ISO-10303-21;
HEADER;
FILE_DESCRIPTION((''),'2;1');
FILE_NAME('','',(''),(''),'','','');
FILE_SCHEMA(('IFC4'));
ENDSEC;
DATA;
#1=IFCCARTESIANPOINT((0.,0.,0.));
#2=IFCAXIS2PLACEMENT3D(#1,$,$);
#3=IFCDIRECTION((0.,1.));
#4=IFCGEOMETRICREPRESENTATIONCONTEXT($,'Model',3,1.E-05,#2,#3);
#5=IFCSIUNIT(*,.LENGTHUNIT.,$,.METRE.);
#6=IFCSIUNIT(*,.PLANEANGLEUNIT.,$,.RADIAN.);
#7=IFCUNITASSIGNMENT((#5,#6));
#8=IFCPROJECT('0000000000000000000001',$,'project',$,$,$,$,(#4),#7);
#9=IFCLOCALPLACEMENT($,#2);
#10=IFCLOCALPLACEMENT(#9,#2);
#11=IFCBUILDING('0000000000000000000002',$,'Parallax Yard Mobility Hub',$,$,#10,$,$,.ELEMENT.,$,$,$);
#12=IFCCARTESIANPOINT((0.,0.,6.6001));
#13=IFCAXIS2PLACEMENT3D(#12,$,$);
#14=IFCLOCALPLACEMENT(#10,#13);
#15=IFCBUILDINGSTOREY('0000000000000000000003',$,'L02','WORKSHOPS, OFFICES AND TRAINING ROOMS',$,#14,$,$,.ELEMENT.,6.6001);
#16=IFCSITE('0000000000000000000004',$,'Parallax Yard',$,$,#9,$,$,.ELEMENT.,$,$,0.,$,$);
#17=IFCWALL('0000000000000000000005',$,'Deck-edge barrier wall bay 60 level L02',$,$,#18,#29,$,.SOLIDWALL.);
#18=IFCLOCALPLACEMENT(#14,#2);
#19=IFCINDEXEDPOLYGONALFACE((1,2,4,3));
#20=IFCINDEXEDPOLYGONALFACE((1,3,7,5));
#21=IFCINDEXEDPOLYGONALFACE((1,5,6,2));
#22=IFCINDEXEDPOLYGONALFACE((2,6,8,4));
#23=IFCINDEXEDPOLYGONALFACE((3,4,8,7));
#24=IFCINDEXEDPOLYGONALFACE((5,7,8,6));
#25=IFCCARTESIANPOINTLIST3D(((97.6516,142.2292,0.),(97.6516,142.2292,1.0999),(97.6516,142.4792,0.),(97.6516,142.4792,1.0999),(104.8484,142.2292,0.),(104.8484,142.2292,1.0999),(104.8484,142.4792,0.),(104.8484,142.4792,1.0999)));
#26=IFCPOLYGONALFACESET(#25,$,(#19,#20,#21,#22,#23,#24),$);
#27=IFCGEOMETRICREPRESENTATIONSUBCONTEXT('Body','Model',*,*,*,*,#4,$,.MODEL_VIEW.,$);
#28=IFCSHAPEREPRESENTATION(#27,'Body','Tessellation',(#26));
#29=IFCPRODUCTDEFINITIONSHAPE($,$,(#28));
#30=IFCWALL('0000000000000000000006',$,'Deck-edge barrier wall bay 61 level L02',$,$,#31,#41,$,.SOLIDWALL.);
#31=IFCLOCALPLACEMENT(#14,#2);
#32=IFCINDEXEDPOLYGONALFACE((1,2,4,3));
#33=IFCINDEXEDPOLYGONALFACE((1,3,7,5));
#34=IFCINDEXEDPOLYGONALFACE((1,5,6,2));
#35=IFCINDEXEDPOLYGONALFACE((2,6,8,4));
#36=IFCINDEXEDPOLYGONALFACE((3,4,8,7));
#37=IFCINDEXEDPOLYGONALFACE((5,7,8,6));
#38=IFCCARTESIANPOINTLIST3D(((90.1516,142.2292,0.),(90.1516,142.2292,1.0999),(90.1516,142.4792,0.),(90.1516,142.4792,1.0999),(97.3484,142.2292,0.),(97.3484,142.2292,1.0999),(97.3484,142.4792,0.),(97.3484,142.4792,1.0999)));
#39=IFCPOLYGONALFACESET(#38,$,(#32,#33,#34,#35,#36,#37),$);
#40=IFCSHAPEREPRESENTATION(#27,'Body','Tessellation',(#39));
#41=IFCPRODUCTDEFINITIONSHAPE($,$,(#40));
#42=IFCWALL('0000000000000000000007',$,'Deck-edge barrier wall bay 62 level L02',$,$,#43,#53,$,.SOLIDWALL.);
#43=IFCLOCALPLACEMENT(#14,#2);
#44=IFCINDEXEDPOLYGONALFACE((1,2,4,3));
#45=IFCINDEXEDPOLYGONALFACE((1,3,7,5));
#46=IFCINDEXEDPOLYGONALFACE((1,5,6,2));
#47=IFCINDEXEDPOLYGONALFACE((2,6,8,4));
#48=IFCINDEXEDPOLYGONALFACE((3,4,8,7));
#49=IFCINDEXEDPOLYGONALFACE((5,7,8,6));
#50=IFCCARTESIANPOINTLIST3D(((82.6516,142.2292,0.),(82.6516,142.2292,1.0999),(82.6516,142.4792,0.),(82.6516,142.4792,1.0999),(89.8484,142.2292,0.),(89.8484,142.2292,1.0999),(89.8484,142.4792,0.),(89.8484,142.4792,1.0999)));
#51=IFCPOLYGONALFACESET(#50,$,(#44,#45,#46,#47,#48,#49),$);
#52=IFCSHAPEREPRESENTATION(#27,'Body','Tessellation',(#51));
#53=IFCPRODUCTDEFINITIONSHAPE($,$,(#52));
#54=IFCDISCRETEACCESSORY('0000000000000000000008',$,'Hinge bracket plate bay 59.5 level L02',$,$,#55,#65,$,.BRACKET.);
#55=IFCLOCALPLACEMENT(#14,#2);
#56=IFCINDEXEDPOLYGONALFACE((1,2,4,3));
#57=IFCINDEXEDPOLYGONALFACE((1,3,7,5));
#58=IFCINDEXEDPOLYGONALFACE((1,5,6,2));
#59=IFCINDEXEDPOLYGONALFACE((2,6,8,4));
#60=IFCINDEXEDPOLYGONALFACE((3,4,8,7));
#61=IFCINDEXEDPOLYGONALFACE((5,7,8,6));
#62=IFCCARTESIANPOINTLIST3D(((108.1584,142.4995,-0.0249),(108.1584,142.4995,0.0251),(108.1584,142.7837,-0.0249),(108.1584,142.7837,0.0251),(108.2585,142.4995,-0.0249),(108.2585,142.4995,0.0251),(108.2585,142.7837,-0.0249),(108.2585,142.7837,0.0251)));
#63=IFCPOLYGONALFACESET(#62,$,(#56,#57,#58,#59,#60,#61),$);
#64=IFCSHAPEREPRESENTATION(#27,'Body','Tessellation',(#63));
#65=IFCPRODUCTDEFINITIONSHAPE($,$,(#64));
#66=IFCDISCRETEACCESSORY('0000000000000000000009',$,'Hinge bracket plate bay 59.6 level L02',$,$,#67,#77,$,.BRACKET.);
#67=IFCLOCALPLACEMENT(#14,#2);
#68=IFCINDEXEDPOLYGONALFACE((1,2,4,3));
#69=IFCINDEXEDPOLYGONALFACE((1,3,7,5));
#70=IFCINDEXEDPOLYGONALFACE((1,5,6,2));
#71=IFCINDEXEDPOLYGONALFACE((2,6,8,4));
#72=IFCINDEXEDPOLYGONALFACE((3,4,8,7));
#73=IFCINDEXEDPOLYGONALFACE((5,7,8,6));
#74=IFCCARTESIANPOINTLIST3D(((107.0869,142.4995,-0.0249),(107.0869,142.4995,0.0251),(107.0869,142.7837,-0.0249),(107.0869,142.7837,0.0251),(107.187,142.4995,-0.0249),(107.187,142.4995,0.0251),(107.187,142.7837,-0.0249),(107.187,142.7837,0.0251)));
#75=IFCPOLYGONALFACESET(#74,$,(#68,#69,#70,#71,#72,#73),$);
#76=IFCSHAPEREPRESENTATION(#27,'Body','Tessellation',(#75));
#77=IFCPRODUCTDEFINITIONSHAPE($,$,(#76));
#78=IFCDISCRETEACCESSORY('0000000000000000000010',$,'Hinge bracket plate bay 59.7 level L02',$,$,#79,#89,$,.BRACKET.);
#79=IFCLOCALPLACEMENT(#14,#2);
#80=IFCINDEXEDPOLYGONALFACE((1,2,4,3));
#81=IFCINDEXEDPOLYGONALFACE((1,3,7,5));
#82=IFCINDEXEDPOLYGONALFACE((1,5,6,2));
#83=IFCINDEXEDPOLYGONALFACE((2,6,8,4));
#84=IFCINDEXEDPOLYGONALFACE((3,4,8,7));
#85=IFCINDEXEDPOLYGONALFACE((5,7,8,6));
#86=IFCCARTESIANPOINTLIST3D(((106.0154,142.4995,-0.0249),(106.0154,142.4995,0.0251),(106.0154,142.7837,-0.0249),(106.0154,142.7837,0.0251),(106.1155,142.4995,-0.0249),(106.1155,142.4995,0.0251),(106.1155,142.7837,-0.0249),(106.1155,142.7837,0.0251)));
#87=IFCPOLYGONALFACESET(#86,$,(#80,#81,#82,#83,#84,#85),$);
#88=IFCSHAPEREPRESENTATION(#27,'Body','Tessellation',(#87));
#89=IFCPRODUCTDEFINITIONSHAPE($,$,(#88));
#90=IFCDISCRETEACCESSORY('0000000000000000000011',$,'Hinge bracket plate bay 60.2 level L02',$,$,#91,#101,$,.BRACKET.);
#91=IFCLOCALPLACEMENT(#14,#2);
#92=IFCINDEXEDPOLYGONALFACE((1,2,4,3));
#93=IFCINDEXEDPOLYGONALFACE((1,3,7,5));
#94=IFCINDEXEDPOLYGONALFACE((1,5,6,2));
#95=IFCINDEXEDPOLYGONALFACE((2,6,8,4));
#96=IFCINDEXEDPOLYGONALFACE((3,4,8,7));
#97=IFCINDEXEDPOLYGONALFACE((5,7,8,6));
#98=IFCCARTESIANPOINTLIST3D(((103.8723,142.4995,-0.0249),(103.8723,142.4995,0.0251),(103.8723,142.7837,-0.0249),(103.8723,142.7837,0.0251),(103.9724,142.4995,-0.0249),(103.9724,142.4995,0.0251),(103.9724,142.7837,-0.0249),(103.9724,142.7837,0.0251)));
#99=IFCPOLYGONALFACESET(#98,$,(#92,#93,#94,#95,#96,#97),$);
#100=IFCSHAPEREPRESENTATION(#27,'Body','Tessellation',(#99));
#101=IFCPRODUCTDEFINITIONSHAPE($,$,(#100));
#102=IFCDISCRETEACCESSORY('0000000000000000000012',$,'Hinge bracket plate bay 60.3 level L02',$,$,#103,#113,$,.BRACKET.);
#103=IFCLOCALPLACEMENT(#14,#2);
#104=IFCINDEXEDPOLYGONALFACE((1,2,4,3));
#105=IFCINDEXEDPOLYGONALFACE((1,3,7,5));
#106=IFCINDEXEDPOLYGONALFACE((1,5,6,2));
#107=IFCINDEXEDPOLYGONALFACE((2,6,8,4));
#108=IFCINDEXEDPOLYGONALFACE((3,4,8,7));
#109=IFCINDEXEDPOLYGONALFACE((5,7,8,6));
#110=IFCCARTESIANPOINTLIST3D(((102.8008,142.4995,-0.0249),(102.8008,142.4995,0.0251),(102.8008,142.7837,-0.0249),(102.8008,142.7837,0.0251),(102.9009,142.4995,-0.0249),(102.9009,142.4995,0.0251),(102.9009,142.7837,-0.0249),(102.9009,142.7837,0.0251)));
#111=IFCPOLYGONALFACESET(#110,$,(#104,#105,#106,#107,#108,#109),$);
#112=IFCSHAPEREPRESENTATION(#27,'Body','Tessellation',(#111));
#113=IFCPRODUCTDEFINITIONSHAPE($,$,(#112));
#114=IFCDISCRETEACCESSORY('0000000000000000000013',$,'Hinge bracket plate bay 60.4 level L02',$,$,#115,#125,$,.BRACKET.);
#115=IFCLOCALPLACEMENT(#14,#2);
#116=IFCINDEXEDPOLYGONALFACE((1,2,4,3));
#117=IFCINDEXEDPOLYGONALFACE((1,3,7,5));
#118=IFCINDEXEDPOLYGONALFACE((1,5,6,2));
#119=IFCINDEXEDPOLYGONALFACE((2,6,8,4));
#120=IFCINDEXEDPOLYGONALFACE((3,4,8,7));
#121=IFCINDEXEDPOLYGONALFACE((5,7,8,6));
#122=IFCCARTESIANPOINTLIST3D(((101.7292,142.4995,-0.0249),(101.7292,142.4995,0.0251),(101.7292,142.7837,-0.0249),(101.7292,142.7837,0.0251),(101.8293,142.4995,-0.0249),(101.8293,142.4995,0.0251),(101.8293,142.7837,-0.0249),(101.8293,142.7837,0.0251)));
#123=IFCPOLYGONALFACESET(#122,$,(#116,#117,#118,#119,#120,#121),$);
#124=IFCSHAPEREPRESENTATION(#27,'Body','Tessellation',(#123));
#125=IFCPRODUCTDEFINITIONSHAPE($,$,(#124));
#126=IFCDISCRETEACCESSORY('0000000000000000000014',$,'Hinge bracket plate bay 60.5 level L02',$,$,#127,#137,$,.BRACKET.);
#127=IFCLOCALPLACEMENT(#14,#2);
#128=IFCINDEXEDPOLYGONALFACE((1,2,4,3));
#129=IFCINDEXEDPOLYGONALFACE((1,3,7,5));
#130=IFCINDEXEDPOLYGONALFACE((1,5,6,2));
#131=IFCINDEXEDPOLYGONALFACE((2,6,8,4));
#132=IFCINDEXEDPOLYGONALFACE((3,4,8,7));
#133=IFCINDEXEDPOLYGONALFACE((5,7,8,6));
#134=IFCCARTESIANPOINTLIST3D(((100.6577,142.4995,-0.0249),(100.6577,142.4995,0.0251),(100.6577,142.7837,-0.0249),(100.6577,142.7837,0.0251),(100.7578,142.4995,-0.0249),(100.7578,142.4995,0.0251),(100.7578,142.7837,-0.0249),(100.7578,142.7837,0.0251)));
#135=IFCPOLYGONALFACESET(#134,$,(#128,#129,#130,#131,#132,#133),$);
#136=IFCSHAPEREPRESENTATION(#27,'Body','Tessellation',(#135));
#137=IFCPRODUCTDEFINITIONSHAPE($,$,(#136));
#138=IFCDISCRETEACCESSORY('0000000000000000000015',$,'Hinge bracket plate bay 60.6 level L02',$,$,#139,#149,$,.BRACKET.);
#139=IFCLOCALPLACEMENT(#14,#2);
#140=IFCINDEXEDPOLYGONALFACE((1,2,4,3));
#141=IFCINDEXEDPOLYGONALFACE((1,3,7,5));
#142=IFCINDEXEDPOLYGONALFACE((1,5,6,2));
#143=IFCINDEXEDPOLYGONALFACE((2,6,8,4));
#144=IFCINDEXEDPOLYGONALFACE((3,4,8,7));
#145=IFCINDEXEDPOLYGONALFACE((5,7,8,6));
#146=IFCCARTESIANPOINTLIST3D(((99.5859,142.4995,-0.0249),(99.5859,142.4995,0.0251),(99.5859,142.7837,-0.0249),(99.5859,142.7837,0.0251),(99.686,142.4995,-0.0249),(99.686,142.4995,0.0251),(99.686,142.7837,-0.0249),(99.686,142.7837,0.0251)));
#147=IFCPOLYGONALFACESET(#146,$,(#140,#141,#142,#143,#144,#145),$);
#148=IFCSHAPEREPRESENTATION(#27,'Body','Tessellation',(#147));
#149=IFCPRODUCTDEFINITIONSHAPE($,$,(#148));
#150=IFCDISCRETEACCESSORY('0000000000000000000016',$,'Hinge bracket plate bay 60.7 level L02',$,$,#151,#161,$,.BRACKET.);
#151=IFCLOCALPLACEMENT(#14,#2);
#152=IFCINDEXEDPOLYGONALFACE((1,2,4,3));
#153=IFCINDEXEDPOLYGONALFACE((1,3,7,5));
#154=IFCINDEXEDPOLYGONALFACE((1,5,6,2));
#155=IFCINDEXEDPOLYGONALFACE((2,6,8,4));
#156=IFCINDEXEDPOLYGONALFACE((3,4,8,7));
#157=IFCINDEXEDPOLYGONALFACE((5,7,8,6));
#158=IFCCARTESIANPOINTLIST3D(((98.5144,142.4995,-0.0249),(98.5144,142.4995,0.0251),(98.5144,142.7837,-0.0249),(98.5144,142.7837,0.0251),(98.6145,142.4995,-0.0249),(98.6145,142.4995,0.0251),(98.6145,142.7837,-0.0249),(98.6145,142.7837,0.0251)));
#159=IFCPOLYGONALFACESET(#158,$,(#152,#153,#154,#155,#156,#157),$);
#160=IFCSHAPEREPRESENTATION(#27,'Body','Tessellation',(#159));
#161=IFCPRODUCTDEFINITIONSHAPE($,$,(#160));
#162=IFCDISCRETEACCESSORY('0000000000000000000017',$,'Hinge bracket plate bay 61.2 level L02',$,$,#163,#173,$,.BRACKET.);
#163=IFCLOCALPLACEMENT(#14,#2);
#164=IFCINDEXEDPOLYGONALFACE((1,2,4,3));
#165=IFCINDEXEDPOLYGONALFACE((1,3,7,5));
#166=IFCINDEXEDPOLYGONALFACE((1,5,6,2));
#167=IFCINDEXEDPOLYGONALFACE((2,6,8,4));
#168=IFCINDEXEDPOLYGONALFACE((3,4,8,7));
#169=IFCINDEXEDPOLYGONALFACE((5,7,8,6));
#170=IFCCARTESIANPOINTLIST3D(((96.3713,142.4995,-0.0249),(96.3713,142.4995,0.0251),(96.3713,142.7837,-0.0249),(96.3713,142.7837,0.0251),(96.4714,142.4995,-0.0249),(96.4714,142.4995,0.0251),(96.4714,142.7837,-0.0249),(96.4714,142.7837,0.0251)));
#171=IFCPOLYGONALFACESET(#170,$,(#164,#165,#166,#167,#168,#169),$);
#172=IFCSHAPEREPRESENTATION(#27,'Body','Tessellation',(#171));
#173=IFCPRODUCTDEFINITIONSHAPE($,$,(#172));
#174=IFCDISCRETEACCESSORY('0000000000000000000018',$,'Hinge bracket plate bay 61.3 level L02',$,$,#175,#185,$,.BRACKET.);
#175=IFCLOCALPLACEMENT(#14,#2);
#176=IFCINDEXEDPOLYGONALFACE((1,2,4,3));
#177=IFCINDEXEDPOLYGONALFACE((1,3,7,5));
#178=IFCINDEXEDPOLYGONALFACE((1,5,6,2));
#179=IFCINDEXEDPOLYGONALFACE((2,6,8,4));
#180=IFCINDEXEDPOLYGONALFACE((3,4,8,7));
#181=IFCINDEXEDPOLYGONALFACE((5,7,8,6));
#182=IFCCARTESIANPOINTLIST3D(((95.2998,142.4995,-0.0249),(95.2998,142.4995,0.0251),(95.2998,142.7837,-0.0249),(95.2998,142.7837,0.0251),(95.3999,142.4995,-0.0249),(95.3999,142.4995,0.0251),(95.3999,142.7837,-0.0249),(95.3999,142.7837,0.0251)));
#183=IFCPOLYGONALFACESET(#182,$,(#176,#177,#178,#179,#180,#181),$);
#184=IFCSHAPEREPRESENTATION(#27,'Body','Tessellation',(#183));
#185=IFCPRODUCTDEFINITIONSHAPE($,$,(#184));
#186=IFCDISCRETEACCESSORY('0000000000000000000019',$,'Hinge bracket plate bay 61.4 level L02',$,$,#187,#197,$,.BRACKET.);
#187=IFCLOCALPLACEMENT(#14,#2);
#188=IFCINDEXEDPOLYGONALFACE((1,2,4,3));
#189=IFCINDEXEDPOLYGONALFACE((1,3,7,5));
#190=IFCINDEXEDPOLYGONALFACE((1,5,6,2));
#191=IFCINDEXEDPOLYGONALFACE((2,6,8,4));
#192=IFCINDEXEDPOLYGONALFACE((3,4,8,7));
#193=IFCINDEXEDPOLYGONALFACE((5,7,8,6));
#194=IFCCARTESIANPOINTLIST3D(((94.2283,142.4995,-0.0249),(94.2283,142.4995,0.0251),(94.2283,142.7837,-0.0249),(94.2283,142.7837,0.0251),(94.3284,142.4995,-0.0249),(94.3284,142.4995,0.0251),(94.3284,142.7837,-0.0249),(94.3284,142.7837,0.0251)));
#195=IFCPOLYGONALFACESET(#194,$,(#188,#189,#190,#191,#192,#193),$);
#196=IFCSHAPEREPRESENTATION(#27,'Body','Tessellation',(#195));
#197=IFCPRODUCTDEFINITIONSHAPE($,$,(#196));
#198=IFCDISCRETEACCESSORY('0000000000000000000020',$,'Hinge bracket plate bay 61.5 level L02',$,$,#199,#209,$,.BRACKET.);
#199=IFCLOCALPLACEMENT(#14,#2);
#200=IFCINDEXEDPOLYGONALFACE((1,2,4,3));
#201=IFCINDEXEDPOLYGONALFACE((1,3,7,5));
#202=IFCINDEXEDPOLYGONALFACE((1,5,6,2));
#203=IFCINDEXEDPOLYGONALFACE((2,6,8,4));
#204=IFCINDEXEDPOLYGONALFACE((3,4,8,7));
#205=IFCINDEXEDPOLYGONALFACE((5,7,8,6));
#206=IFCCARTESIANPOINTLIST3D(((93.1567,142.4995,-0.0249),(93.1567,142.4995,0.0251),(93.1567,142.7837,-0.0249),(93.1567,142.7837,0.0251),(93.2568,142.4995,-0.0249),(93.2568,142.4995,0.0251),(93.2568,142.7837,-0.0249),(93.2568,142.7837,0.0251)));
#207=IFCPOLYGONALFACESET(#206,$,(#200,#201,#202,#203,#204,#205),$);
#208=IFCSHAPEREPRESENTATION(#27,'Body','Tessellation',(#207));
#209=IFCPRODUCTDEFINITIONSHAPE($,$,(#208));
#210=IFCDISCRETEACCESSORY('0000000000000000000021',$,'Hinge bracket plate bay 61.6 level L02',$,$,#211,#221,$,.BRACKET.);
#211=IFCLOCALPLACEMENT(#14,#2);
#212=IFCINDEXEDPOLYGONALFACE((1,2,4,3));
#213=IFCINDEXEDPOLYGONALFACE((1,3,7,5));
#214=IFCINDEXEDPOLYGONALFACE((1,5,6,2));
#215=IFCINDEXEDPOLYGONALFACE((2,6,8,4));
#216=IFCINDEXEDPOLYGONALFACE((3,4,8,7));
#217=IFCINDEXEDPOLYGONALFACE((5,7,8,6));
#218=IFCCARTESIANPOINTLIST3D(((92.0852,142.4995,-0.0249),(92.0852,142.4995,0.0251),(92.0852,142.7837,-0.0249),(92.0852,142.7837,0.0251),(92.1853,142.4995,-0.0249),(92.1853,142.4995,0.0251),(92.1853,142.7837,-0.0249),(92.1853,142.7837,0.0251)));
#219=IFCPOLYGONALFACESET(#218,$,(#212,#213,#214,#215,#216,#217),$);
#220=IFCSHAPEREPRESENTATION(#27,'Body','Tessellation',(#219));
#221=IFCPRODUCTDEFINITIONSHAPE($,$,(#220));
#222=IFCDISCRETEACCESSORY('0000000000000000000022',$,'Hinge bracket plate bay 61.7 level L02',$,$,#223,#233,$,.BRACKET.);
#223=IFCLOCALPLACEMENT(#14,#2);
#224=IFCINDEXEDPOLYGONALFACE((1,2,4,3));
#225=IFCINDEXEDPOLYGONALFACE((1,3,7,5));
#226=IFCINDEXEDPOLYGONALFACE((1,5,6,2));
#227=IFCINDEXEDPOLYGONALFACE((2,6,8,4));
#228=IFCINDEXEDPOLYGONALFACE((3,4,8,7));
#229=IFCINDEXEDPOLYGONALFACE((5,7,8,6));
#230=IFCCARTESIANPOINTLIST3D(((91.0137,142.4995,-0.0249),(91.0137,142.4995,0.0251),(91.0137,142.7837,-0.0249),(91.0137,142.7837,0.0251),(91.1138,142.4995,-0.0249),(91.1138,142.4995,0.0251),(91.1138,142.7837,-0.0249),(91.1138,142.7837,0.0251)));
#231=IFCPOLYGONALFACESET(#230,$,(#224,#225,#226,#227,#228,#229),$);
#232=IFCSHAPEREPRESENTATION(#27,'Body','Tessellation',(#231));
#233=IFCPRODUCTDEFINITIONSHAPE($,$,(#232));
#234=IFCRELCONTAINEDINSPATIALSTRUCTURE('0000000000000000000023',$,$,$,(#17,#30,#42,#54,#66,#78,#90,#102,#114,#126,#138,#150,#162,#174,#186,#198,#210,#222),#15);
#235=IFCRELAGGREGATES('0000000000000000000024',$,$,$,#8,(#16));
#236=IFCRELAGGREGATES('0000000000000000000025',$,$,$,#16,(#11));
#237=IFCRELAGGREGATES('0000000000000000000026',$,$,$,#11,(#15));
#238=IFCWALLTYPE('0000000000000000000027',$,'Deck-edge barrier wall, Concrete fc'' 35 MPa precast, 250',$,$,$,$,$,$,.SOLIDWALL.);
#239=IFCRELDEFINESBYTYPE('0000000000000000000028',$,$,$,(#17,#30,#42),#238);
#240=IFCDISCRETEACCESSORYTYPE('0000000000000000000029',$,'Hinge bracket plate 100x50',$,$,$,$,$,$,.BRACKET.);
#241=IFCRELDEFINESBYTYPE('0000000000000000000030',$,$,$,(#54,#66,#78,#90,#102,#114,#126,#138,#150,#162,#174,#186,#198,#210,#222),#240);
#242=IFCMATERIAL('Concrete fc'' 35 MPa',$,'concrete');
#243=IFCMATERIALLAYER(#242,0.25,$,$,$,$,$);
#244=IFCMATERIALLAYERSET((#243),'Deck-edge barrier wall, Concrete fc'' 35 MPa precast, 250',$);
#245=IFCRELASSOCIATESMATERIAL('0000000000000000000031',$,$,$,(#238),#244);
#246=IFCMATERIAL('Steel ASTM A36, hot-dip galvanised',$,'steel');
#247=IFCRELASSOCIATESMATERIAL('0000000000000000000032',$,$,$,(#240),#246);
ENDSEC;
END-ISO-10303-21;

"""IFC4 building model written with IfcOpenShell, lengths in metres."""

from ifc_helpers import new_model, si_unit, direction, frame, frame_2d, origin, origin_2d, place, context, subcontext, project, spatial, rectangle, extrude, material, layer, layer_set, type_object, element, save


model = new_model("IFC4")

# Units and contexts
model_context = context("Model", 3, precision=1e-05, world=origin(), true_north=direction((0.0, 1.0)))
body_context = subcontext(model_context, "Body", "Model", "MODEL_VIEW")
ifc_project = project(units=[si_unit("LENGTHUNIT", "METRE"), si_unit("PLANEANGLEUNIT", "RADIAN")], contexts=[model_context])

# Site, building, storey
site_placement = place(None, origin())
site = spatial("IfcSite", under=ifc_project, at=site_placement, Name="Parallax Yard", CompositionType="ELEMENT", RefElevation=0.0)
building_placement = place(site_placement, origin())
building = spatial("IfcBuilding", under=site, at=building_placement, Name="Parallax Yard Mobility Hub", CompositionType="ELEMENT")
storey_placement = place(building_placement, frame((0.0, 0.0, 6.6001)))
storey = spatial("IfcBuildingStorey", under=building, at=storey_placement, Name="L02", Description="WORKSHOPS, OFFICES AND TRAINING ROOMS", CompositionType="ELEMENT", Elevation=6.6001)

# Walls
ifc_material_1 = material(Name="Concrete fc' 35 MPa", Category="concrete")
ifc_layer = layer(ifc_material_1, 0.25)
ifc_layer_set = layer_set([ifc_layer], Name="Deck-edge barrier wall, Concrete fc' 35 MPa precast, 250")
wall_type = type_object("IfcWallType", Name="Deck-edge barrier wall, Concrete fc' 35 MPa precast, 250", PredefinedType="SOLIDWALL", material=ifc_layer_set)
for number, where, z_axis, x_axis, name in (
    (1, (104.8484, 142.3542, 0.0), (0.0, 0.0, 1.0), (-1.0, 0.0, 0.0), "Deck-edge barrier wall bay 60 level L02"),
    (2, (97.3484, 142.3542, 0.0), (0.0, 0.0, 1.0), (-1.0, 0.0, 0.0), "Deck-edge barrier wall bay 61 level L02"),
    (3, (89.8484, 142.3542, 0.0), (0.0, 0.0, 1.0), (-1.0, 0.0, 0.0), "Deck-edge barrier wall bay 62 level L02"),
):
    element("IfcWall", number, at=place(storey_placement, frame(where, z_axis=z_axis, x_axis=x_axis)), inside=storey, type_object=wall_type, Name=name, PredefinedType="SOLIDWALL", context=body_context, shape_type="SweptSolid", body=[
        extrude(rectangle(XDim=7.1968, YDim=0.25, at=frame_2d((3.5984, 0.0))), origin(), (0.0, 0.0, 1.0), 1.0999),
    ])

# Discrete accessories
ifc_material_2 = material(Name="Steel ASTM A36, hot-dip galvanised", Category="steel")
discrete_accessory_type = type_object("IfcDiscreteAccessoryType", Name="Hinge bracket plate 100x50", PredefinedType="BRACKET", material=ifc_material_2)
for number, where, z_axis, x_axis, name in (
    (4, (108.2085, 142.6416, -0.0249), (0.0, 0.0, 1.0), (0.0, 1.0, 0.0), "Hinge bracket plate bay 59.5 level L02"),
    (5, (107.137, 142.6416, -0.0249), (0.0, 0.0, 1.0), (0.0, 1.0, 0.0), "Hinge bracket plate bay 59.6 level L02"),
    (6, (106.0654, 142.6416, -0.0249), (0.0, 0.0, 1.0), (0.0, 1.0, 0.0), "Hinge bracket plate bay 59.7 level L02"),
    (7, (103.9224, 142.6416, -0.0249), (0.0, 0.0, 1.0), (0.0, 1.0, 0.0), "Hinge bracket plate bay 60.2 level L02"),
    (8, (102.8508, 142.6416, -0.0249), (0.0, 0.0, 1.0), (0.0, 1.0, 0.0), "Hinge bracket plate bay 60.3 level L02"),
    (9, (101.7793, 142.6416, -0.0249), (0.0, 0.0, 1.0), (0.0, 1.0, 0.0), "Hinge bracket plate bay 60.4 level L02"),
    (10, (100.7078, 142.6416, -0.0249), (0.0, 0.0, 1.0), (0.0, 1.0, 0.0), "Hinge bracket plate bay 60.5 level L02"),
    (11, (99.636, 142.6416, -0.0249), (0.0, 0.0, 1.0), (0.0, 1.0, 0.0), "Hinge bracket plate bay 60.6 level L02"),
    (12, (98.5645, 142.6416, -0.0249), (0.0, 0.0, 1.0), (0.0, 1.0, 0.0), "Hinge bracket plate bay 60.7 level L02"),
    (13, (96.4214, 142.6416, -0.0249), (0.0, 0.0, 1.0), (0.0, 1.0, 0.0), "Hinge bracket plate bay 61.2 level L02"),
    (14, (95.3499, 142.6416, -0.0249), (0.0, 0.0, 1.0), (0.0, 1.0, 0.0), "Hinge bracket plate bay 61.3 level L02"),
    (15, (94.2783, 142.6416, -0.0249), (0.0, 0.0, 1.0), (0.0, 1.0, 0.0), "Hinge bracket plate bay 61.4 level L02"),
    (16, (93.2068, 142.6416, -0.0249), (0.0, 0.0, 1.0), (0.0, 1.0, 0.0), "Hinge bracket plate bay 61.5 level L02"),
    (17, (92.1353, 142.6416, -0.0249), (0.0, 0.0, 1.0), (0.0, 1.0, 0.0), "Hinge bracket plate bay 61.6 level L02"),
    (18, (91.0637, 142.6416, -0.0249), (0.0, 0.0, 1.0), (0.0, 1.0, 0.0), "Hinge bracket plate bay 61.7 level L02"),
):
    element("IfcDiscreteAccessory", number, at=place(storey_placement, frame(where, z_axis=z_axis, x_axis=x_axis)), inside=storey, type_object=discrete_accessory_type, Name=name, PredefinedType="BRACKET", context=body_context, shape_type="SweptSolid", body=[
        extrude(rectangle(XDim=0.2842, YDim=0.1001, at=origin_2d()), origin(), (0.0, 0.0, 1.0), 0.05),
    ])

save(model, "model.ifc")
